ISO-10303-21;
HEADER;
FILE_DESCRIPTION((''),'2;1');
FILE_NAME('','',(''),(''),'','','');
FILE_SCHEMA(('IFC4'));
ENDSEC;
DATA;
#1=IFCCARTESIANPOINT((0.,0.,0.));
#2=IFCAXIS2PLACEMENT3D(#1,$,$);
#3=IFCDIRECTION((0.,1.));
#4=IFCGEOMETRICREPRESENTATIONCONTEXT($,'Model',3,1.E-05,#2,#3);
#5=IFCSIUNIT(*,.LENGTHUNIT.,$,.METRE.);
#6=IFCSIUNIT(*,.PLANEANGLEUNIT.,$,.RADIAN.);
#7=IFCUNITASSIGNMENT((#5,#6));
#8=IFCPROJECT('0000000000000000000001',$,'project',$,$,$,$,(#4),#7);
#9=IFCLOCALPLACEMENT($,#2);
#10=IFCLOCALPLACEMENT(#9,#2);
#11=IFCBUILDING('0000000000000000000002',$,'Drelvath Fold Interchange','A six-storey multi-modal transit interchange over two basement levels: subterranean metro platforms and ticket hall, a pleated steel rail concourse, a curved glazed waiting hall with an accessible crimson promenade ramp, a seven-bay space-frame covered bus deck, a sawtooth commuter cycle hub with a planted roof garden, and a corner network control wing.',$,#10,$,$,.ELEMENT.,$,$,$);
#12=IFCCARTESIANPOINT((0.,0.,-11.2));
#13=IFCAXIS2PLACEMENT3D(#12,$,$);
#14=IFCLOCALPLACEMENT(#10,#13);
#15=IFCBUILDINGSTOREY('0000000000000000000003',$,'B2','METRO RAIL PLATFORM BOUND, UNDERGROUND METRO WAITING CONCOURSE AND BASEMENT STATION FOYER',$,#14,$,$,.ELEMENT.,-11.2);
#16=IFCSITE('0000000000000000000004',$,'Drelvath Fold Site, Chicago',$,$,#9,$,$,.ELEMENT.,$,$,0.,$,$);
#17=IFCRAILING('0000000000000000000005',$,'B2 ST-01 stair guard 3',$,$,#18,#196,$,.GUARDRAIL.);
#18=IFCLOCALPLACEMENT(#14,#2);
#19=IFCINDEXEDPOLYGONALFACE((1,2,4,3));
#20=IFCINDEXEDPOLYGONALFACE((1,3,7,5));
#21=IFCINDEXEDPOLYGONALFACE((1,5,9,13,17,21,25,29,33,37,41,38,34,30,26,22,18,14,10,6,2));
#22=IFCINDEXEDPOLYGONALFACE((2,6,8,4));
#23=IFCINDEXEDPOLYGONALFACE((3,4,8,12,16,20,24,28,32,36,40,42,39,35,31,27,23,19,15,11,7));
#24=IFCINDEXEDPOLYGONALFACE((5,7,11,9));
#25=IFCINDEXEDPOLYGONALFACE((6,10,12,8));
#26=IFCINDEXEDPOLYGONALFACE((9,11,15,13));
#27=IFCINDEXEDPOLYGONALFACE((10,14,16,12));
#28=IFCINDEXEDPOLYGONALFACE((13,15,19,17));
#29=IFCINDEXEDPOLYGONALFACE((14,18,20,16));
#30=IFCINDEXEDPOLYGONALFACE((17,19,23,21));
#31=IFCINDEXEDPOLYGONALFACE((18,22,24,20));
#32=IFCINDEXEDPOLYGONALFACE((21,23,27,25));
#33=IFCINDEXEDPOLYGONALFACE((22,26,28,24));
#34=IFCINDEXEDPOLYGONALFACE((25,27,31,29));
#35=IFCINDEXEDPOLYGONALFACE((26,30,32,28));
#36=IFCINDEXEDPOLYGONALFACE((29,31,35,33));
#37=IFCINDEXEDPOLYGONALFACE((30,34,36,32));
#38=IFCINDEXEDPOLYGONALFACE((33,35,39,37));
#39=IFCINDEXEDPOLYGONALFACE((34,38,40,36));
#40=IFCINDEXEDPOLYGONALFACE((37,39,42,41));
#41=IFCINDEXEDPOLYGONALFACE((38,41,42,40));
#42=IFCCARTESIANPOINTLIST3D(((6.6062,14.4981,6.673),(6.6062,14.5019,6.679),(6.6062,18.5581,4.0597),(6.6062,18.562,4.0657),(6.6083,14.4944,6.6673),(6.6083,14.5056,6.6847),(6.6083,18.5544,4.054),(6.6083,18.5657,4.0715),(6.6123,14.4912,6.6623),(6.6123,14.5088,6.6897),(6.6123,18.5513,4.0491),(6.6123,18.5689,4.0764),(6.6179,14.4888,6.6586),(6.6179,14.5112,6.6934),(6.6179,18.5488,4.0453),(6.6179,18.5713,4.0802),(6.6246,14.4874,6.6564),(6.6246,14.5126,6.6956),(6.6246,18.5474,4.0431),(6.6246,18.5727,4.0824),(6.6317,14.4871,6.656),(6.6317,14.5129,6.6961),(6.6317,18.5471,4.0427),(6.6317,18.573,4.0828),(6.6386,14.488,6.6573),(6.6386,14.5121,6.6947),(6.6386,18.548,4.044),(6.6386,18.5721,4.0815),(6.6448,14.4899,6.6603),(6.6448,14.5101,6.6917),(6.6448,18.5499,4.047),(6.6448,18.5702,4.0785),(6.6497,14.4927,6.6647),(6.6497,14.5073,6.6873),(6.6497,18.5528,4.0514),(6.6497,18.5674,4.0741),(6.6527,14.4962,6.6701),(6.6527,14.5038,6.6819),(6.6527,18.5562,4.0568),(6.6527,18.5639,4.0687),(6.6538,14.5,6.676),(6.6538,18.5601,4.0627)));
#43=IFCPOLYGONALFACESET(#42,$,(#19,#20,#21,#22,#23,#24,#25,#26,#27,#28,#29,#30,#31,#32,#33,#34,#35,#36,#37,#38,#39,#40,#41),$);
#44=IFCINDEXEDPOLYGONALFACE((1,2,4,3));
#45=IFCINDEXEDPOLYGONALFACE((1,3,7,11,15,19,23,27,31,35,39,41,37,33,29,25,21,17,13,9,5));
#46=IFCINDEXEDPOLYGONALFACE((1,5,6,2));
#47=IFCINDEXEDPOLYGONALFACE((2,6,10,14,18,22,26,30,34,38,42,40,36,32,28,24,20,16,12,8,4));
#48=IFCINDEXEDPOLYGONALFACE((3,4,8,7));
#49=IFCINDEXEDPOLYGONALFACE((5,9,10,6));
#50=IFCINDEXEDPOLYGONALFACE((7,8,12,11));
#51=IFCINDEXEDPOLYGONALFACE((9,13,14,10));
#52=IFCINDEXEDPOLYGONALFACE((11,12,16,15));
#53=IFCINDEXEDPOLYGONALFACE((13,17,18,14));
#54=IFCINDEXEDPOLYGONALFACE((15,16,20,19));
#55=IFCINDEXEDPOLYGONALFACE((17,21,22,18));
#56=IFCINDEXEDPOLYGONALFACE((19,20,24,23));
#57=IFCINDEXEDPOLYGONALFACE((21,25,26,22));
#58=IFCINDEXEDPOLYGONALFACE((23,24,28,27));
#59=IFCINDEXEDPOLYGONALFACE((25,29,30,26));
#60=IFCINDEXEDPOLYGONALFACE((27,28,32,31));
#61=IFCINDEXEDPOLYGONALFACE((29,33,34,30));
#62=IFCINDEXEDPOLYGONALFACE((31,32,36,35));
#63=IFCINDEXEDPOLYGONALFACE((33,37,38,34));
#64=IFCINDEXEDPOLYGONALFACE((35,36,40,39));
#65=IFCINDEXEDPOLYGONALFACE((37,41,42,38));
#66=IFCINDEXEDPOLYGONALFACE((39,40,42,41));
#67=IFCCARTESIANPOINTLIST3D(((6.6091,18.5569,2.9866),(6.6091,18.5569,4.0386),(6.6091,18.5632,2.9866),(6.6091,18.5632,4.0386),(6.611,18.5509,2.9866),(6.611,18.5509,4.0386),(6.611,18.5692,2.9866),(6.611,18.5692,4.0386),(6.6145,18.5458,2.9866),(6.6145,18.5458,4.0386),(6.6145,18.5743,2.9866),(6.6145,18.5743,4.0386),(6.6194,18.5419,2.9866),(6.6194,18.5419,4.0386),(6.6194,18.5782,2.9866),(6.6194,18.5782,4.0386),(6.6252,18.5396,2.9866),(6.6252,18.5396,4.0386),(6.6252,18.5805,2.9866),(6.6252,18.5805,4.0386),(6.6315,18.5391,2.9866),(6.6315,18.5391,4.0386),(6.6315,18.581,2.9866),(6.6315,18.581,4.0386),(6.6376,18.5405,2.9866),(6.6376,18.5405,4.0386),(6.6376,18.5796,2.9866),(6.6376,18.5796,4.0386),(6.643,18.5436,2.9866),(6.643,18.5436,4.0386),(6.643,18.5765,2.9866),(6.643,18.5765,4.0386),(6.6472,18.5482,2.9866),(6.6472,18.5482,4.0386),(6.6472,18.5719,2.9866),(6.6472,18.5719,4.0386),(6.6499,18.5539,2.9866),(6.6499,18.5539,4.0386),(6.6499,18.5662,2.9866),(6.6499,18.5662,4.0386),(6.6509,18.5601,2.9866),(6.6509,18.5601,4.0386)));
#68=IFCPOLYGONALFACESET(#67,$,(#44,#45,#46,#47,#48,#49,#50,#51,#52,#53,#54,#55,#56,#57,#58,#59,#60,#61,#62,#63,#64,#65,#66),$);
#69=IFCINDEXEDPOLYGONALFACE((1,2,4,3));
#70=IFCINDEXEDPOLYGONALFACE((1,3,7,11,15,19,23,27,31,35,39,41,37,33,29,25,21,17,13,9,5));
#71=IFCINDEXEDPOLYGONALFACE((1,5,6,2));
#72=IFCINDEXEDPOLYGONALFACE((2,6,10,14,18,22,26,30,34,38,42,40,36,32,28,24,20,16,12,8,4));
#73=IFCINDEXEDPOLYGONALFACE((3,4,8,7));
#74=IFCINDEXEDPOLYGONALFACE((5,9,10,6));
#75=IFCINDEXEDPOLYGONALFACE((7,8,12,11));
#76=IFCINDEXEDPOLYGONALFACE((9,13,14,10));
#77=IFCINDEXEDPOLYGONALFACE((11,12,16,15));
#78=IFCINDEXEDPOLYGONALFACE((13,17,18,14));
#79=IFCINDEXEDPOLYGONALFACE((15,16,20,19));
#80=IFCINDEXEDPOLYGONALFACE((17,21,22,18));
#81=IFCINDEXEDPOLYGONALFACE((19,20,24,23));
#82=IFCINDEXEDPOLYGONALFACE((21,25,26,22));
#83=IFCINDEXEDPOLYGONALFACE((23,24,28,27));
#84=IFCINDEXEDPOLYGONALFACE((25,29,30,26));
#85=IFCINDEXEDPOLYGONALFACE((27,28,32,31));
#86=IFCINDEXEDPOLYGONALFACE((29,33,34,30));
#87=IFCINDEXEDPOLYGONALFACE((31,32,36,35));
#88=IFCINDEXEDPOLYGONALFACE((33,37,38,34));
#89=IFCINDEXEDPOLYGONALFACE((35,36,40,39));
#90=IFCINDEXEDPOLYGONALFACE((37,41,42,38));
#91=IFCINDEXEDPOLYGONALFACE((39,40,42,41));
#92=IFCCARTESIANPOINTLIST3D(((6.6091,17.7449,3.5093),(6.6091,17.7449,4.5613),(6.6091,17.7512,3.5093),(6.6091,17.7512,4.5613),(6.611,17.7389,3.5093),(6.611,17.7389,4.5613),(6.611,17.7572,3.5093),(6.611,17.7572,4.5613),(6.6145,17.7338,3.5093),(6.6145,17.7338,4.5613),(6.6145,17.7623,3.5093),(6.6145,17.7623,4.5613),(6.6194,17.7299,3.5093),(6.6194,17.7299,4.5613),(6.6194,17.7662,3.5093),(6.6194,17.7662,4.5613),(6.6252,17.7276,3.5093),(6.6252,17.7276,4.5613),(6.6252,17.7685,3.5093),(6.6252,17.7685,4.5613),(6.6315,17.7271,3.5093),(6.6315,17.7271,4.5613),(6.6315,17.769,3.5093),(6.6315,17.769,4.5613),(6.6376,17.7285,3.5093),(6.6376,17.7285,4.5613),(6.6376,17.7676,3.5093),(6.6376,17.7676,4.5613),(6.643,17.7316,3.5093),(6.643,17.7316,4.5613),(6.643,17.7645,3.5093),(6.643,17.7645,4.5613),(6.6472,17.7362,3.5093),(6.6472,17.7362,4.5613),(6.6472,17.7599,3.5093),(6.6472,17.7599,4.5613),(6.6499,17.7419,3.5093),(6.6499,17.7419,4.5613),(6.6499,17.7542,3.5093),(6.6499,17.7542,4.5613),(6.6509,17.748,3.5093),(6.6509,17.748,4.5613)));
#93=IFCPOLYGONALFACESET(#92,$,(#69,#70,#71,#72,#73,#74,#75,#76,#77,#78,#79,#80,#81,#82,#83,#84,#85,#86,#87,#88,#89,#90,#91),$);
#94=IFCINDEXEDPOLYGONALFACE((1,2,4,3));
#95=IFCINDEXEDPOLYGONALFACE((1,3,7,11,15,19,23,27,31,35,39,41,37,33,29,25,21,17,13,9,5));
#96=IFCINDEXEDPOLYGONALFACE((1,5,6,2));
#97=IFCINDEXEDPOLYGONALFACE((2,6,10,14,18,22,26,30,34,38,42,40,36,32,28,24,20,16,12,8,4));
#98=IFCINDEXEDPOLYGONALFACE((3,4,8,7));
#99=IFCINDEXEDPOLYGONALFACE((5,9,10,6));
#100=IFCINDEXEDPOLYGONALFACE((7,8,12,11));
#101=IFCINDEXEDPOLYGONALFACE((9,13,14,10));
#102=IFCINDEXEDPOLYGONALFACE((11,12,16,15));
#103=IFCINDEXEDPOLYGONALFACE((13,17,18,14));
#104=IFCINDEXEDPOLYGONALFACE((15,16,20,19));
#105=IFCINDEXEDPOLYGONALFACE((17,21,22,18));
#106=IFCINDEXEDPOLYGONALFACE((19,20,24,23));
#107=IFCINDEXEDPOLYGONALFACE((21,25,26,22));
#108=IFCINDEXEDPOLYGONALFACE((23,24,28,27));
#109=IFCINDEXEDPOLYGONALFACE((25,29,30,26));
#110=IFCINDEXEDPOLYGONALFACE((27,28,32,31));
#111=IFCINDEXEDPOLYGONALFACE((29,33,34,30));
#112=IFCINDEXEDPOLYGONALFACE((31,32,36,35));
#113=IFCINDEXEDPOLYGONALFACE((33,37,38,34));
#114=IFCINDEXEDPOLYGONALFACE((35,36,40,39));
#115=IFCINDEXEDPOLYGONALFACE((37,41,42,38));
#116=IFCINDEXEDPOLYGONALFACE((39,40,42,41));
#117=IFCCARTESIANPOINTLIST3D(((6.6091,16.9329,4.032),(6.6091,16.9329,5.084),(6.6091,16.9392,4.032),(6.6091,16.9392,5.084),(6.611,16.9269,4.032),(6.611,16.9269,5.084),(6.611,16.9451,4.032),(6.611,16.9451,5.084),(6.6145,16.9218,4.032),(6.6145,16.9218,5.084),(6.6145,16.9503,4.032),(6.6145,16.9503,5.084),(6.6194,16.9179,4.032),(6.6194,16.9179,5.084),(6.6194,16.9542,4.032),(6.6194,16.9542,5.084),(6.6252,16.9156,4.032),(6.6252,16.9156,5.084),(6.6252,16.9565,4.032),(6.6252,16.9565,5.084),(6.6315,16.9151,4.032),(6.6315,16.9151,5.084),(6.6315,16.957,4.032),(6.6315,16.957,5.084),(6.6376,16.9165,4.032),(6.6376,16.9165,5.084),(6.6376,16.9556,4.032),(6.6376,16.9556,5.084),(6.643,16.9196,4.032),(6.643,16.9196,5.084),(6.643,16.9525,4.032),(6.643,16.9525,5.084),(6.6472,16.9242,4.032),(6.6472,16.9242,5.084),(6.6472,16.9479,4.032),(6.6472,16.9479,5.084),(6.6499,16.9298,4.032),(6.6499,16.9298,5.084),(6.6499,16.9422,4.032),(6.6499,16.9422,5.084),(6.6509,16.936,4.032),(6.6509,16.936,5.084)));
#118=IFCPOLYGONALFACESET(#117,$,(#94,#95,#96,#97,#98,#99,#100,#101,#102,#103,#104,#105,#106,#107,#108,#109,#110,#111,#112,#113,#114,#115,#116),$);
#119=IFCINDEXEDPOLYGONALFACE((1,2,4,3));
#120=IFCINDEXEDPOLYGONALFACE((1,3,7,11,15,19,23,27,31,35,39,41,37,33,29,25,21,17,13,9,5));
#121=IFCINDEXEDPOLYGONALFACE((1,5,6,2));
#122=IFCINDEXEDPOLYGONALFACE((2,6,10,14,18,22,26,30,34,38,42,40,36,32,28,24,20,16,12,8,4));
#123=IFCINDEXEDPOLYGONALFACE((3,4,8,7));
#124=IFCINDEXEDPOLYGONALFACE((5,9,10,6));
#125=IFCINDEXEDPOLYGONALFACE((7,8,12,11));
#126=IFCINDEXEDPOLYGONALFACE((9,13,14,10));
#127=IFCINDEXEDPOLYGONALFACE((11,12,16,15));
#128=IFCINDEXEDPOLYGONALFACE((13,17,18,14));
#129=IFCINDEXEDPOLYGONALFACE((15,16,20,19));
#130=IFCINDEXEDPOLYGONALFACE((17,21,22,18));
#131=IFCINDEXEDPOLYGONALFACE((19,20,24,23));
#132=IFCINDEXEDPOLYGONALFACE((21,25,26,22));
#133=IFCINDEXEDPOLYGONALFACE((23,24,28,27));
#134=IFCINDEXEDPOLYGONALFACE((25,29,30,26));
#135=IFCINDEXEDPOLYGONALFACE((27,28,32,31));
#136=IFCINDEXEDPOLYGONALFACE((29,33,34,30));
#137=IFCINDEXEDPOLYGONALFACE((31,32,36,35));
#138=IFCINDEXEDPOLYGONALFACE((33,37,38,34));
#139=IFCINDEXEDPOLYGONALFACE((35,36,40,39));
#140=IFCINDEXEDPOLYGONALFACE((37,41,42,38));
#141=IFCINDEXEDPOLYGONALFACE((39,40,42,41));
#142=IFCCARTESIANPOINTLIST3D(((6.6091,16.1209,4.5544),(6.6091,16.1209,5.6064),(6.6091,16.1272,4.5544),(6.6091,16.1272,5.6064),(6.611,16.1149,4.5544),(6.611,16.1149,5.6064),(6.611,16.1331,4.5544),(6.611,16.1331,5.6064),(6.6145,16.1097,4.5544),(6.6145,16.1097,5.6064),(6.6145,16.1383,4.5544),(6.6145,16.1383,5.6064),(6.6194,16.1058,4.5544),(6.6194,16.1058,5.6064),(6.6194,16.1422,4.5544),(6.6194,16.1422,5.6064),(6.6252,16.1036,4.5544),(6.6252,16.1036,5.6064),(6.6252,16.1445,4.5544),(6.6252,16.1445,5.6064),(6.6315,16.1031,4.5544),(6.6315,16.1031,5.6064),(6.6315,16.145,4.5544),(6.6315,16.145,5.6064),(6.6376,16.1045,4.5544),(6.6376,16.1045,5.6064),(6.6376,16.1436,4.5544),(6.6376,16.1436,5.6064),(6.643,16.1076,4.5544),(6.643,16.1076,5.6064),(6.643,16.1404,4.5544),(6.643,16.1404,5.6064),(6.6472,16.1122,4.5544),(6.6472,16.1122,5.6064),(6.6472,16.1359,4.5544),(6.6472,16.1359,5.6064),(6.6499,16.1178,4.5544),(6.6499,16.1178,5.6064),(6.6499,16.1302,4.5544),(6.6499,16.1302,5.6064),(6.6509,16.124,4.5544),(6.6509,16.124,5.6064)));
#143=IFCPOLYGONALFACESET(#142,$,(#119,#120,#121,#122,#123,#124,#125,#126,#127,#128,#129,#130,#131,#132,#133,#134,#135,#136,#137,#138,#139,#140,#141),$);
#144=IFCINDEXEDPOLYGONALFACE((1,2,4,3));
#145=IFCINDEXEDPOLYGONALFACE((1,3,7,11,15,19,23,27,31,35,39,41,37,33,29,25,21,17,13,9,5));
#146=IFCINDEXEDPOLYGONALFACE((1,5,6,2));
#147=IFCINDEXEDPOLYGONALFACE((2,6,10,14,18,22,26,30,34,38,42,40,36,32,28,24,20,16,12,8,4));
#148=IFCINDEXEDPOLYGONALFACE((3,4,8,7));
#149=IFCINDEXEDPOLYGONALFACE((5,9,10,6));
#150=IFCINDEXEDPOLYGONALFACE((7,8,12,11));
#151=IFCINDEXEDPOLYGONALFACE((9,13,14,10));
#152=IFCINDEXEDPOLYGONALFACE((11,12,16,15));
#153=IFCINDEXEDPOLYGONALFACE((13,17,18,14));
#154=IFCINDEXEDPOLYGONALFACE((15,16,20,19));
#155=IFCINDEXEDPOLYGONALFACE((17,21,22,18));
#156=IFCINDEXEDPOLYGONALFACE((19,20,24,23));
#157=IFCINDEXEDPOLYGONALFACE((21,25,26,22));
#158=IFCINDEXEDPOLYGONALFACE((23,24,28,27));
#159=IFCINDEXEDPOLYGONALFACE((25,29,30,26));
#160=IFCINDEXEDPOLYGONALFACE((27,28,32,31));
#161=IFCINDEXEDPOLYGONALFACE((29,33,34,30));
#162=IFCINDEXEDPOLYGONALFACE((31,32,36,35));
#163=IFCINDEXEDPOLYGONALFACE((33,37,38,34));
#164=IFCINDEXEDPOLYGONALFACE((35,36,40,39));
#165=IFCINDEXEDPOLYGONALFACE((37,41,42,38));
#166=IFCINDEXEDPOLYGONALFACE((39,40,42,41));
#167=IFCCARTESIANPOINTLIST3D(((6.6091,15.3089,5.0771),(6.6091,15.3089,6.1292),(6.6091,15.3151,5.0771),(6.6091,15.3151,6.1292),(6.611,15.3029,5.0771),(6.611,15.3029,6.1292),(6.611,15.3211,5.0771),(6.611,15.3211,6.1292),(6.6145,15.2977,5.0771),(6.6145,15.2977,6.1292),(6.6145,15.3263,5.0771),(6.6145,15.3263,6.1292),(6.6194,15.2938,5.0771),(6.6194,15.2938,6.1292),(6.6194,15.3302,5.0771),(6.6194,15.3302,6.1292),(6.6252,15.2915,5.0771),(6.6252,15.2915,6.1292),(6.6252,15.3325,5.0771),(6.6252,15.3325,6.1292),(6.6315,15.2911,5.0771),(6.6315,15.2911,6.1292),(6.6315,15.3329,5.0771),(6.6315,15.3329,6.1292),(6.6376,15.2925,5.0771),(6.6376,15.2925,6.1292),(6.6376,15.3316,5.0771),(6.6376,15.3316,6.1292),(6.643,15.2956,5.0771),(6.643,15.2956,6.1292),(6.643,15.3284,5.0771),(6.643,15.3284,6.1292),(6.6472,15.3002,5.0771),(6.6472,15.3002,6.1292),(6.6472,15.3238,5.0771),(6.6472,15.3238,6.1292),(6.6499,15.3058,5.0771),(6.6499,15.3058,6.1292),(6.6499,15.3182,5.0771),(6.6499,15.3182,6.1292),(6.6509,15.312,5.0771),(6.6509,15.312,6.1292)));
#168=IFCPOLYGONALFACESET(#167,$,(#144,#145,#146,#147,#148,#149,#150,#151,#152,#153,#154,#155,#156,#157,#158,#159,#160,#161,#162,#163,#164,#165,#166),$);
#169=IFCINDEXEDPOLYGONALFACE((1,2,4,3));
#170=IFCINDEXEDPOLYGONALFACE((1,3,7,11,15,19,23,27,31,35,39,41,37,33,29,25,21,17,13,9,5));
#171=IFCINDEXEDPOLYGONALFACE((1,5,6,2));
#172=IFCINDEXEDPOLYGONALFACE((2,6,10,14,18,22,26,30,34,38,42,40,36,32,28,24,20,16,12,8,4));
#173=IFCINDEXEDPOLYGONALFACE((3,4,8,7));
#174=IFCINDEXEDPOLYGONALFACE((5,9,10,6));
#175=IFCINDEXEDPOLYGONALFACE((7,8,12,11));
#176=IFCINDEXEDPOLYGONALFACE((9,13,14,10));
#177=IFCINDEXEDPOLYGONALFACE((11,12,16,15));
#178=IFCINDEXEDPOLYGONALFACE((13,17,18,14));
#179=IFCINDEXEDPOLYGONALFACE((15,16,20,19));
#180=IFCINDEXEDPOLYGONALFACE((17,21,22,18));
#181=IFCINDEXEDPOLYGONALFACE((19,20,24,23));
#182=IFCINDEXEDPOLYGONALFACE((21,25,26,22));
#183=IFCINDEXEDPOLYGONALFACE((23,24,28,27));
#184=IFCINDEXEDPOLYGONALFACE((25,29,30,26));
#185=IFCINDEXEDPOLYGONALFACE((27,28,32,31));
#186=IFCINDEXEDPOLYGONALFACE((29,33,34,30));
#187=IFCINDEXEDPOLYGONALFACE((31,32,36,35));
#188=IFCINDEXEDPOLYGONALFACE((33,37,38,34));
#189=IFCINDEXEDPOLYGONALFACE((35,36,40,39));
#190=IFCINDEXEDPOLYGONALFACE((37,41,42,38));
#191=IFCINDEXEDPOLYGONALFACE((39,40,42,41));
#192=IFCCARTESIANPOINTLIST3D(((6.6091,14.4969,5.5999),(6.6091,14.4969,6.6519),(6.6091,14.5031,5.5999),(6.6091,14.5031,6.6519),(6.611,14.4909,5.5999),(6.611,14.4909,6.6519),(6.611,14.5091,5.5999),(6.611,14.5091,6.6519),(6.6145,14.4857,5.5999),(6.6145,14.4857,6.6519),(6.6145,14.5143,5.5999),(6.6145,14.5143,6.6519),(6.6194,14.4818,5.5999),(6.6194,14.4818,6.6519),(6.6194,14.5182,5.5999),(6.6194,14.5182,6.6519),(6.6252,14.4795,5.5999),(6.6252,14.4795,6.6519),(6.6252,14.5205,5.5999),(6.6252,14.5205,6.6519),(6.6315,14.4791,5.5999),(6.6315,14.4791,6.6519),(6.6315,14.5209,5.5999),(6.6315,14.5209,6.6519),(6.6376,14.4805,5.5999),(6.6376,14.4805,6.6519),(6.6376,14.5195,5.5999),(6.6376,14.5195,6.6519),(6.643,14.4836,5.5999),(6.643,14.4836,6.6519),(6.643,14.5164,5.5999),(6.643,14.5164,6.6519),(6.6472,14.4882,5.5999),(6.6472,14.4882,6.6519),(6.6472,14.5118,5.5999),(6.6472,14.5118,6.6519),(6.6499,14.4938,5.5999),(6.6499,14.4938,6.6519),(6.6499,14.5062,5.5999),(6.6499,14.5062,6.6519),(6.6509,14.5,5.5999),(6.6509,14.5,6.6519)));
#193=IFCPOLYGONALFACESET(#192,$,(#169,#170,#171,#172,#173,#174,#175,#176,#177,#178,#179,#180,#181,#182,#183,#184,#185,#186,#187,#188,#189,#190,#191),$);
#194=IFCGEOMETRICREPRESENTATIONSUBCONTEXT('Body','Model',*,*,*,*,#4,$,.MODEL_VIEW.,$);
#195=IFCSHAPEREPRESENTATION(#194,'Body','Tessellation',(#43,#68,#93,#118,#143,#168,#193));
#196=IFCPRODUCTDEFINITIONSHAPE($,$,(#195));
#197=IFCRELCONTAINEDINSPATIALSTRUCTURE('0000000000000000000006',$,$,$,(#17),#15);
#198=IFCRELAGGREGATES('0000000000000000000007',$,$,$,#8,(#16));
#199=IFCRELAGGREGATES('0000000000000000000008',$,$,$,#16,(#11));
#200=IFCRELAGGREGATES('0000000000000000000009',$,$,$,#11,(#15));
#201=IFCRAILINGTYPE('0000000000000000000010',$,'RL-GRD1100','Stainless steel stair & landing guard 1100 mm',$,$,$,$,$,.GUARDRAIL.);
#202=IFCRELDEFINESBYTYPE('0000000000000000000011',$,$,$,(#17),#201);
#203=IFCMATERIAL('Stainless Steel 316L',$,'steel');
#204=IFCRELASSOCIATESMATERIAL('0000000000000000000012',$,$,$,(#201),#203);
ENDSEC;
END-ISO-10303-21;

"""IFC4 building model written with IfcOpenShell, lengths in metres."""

from ifc_helpers import new_model, si_unit, direction, frame, origin, origin_2d, place, context, subcontext, project, spatial, circle, extrude, material, type_object, element, save


model = new_model("IFC4")

# Units and contexts
model_context = context("Model", 3, precision=1e-05, world=origin(), true_north=direction((0.0, 1.0)))
body_context = subcontext(model_context, "Body", "Model", "MODEL_VIEW")
ifc_project = project(units=[si_unit("LENGTHUNIT", "METRE"), si_unit("PLANEANGLEUNIT", "RADIAN")], contexts=[model_context])

# Site, building, storey
site_placement = place(None, origin())
site = spatial("IfcSite", under=ifc_project, at=site_placement, Name="Drelvath Fold Site, Chicago", CompositionType="ELEMENT", RefElevation=0.0)
building_placement = place(site_placement, origin())
building = spatial("IfcBuilding", under=site, at=building_placement, Name="Drelvath Fold Interchange", Description="A six-storey multi-modal transit interchange over two basement levels: subterranean metro platforms and ticket hall, a pleated steel rail concourse, a curved glazed waiting hall with an accessible crimson promenade ramp, a seven-bay space-frame covered bus deck, a sawtooth commuter cycle hub with a planted roof garden, and a corner network control wing.", CompositionType="ELEMENT")
storey_placement = place(building_placement, frame((0.0, 0.0, -11.2)))
storey = spatial("IfcBuildingStorey", under=building, at=storey_placement, Name="B2", Description="METRO RAIL PLATFORM BOUND, UNDERGROUND METRO WAITING CONCOURSE AND BASEMENT STATION FOYER", CompositionType="ELEMENT", Elevation=-11.2)

# Railing
ifc_material_1 = material(Name="Stainless Steel 316L", Category="steel")
railing_type_1 = type_object("IfcRailingType", Name="RL-GRD1100", Description="Stainless steel stair & landing guard 1100 mm", PredefinedType="GUARDRAIL", material=ifc_material_1)
railing_1_placement = place(storey_placement, frame((6.6299, 18.5601, 2.9866)))
element("IfcRailing", 1, at=railing_1_placement, inside=storey, type_object=railing_type_1, Name="B2 ST-01 stair guard 3", PredefinedType="GUARDRAIL", context=body_context, shape_type="SweptSolid", body=[
    extrude(circle(Radius=0.0239, at=origin_2d()), frame((0.0, 0.0, 1.0762), z_axis=(0.0, -0.840873, 0.541233), x_axis=(1.0, 0.0, 0.0)), (0.0, 0.0, 1.0), 4.8284),
    extrude(circle(Radius=0.021, at=origin_2d()), origin(), (0.0, 0.0, 1.0), 1.052),
    extrude(circle(Radius=0.021, at=origin_2d()), frame((0.0, -0.812, 0.5227)), (0.0, 0.0, 1.0), 1.052),
    extrude(circle(Radius=0.021, at=origin_2d()), frame((0.0, -1.624, 1.0454)), (0.0, 0.0, 1.0), 1.052),
    extrude(circle(Radius=0.021, at=origin_2d()), frame((0.0, -2.436, 1.5679)), (0.0, 0.0, 1.0), 1.052),
    extrude(circle(Radius=0.021, at=origin_2d()), frame((0.0, -3.248, 2.0906)), (0.0, 0.0, 1.0), 1.052),
    extrude(circle(Radius=0.021, at=origin_2d()), frame((0.0, -4.0601, 2.6133)), (0.0, 0.0, 1.0), 1.052),
])

save(model, "model.ifc")
